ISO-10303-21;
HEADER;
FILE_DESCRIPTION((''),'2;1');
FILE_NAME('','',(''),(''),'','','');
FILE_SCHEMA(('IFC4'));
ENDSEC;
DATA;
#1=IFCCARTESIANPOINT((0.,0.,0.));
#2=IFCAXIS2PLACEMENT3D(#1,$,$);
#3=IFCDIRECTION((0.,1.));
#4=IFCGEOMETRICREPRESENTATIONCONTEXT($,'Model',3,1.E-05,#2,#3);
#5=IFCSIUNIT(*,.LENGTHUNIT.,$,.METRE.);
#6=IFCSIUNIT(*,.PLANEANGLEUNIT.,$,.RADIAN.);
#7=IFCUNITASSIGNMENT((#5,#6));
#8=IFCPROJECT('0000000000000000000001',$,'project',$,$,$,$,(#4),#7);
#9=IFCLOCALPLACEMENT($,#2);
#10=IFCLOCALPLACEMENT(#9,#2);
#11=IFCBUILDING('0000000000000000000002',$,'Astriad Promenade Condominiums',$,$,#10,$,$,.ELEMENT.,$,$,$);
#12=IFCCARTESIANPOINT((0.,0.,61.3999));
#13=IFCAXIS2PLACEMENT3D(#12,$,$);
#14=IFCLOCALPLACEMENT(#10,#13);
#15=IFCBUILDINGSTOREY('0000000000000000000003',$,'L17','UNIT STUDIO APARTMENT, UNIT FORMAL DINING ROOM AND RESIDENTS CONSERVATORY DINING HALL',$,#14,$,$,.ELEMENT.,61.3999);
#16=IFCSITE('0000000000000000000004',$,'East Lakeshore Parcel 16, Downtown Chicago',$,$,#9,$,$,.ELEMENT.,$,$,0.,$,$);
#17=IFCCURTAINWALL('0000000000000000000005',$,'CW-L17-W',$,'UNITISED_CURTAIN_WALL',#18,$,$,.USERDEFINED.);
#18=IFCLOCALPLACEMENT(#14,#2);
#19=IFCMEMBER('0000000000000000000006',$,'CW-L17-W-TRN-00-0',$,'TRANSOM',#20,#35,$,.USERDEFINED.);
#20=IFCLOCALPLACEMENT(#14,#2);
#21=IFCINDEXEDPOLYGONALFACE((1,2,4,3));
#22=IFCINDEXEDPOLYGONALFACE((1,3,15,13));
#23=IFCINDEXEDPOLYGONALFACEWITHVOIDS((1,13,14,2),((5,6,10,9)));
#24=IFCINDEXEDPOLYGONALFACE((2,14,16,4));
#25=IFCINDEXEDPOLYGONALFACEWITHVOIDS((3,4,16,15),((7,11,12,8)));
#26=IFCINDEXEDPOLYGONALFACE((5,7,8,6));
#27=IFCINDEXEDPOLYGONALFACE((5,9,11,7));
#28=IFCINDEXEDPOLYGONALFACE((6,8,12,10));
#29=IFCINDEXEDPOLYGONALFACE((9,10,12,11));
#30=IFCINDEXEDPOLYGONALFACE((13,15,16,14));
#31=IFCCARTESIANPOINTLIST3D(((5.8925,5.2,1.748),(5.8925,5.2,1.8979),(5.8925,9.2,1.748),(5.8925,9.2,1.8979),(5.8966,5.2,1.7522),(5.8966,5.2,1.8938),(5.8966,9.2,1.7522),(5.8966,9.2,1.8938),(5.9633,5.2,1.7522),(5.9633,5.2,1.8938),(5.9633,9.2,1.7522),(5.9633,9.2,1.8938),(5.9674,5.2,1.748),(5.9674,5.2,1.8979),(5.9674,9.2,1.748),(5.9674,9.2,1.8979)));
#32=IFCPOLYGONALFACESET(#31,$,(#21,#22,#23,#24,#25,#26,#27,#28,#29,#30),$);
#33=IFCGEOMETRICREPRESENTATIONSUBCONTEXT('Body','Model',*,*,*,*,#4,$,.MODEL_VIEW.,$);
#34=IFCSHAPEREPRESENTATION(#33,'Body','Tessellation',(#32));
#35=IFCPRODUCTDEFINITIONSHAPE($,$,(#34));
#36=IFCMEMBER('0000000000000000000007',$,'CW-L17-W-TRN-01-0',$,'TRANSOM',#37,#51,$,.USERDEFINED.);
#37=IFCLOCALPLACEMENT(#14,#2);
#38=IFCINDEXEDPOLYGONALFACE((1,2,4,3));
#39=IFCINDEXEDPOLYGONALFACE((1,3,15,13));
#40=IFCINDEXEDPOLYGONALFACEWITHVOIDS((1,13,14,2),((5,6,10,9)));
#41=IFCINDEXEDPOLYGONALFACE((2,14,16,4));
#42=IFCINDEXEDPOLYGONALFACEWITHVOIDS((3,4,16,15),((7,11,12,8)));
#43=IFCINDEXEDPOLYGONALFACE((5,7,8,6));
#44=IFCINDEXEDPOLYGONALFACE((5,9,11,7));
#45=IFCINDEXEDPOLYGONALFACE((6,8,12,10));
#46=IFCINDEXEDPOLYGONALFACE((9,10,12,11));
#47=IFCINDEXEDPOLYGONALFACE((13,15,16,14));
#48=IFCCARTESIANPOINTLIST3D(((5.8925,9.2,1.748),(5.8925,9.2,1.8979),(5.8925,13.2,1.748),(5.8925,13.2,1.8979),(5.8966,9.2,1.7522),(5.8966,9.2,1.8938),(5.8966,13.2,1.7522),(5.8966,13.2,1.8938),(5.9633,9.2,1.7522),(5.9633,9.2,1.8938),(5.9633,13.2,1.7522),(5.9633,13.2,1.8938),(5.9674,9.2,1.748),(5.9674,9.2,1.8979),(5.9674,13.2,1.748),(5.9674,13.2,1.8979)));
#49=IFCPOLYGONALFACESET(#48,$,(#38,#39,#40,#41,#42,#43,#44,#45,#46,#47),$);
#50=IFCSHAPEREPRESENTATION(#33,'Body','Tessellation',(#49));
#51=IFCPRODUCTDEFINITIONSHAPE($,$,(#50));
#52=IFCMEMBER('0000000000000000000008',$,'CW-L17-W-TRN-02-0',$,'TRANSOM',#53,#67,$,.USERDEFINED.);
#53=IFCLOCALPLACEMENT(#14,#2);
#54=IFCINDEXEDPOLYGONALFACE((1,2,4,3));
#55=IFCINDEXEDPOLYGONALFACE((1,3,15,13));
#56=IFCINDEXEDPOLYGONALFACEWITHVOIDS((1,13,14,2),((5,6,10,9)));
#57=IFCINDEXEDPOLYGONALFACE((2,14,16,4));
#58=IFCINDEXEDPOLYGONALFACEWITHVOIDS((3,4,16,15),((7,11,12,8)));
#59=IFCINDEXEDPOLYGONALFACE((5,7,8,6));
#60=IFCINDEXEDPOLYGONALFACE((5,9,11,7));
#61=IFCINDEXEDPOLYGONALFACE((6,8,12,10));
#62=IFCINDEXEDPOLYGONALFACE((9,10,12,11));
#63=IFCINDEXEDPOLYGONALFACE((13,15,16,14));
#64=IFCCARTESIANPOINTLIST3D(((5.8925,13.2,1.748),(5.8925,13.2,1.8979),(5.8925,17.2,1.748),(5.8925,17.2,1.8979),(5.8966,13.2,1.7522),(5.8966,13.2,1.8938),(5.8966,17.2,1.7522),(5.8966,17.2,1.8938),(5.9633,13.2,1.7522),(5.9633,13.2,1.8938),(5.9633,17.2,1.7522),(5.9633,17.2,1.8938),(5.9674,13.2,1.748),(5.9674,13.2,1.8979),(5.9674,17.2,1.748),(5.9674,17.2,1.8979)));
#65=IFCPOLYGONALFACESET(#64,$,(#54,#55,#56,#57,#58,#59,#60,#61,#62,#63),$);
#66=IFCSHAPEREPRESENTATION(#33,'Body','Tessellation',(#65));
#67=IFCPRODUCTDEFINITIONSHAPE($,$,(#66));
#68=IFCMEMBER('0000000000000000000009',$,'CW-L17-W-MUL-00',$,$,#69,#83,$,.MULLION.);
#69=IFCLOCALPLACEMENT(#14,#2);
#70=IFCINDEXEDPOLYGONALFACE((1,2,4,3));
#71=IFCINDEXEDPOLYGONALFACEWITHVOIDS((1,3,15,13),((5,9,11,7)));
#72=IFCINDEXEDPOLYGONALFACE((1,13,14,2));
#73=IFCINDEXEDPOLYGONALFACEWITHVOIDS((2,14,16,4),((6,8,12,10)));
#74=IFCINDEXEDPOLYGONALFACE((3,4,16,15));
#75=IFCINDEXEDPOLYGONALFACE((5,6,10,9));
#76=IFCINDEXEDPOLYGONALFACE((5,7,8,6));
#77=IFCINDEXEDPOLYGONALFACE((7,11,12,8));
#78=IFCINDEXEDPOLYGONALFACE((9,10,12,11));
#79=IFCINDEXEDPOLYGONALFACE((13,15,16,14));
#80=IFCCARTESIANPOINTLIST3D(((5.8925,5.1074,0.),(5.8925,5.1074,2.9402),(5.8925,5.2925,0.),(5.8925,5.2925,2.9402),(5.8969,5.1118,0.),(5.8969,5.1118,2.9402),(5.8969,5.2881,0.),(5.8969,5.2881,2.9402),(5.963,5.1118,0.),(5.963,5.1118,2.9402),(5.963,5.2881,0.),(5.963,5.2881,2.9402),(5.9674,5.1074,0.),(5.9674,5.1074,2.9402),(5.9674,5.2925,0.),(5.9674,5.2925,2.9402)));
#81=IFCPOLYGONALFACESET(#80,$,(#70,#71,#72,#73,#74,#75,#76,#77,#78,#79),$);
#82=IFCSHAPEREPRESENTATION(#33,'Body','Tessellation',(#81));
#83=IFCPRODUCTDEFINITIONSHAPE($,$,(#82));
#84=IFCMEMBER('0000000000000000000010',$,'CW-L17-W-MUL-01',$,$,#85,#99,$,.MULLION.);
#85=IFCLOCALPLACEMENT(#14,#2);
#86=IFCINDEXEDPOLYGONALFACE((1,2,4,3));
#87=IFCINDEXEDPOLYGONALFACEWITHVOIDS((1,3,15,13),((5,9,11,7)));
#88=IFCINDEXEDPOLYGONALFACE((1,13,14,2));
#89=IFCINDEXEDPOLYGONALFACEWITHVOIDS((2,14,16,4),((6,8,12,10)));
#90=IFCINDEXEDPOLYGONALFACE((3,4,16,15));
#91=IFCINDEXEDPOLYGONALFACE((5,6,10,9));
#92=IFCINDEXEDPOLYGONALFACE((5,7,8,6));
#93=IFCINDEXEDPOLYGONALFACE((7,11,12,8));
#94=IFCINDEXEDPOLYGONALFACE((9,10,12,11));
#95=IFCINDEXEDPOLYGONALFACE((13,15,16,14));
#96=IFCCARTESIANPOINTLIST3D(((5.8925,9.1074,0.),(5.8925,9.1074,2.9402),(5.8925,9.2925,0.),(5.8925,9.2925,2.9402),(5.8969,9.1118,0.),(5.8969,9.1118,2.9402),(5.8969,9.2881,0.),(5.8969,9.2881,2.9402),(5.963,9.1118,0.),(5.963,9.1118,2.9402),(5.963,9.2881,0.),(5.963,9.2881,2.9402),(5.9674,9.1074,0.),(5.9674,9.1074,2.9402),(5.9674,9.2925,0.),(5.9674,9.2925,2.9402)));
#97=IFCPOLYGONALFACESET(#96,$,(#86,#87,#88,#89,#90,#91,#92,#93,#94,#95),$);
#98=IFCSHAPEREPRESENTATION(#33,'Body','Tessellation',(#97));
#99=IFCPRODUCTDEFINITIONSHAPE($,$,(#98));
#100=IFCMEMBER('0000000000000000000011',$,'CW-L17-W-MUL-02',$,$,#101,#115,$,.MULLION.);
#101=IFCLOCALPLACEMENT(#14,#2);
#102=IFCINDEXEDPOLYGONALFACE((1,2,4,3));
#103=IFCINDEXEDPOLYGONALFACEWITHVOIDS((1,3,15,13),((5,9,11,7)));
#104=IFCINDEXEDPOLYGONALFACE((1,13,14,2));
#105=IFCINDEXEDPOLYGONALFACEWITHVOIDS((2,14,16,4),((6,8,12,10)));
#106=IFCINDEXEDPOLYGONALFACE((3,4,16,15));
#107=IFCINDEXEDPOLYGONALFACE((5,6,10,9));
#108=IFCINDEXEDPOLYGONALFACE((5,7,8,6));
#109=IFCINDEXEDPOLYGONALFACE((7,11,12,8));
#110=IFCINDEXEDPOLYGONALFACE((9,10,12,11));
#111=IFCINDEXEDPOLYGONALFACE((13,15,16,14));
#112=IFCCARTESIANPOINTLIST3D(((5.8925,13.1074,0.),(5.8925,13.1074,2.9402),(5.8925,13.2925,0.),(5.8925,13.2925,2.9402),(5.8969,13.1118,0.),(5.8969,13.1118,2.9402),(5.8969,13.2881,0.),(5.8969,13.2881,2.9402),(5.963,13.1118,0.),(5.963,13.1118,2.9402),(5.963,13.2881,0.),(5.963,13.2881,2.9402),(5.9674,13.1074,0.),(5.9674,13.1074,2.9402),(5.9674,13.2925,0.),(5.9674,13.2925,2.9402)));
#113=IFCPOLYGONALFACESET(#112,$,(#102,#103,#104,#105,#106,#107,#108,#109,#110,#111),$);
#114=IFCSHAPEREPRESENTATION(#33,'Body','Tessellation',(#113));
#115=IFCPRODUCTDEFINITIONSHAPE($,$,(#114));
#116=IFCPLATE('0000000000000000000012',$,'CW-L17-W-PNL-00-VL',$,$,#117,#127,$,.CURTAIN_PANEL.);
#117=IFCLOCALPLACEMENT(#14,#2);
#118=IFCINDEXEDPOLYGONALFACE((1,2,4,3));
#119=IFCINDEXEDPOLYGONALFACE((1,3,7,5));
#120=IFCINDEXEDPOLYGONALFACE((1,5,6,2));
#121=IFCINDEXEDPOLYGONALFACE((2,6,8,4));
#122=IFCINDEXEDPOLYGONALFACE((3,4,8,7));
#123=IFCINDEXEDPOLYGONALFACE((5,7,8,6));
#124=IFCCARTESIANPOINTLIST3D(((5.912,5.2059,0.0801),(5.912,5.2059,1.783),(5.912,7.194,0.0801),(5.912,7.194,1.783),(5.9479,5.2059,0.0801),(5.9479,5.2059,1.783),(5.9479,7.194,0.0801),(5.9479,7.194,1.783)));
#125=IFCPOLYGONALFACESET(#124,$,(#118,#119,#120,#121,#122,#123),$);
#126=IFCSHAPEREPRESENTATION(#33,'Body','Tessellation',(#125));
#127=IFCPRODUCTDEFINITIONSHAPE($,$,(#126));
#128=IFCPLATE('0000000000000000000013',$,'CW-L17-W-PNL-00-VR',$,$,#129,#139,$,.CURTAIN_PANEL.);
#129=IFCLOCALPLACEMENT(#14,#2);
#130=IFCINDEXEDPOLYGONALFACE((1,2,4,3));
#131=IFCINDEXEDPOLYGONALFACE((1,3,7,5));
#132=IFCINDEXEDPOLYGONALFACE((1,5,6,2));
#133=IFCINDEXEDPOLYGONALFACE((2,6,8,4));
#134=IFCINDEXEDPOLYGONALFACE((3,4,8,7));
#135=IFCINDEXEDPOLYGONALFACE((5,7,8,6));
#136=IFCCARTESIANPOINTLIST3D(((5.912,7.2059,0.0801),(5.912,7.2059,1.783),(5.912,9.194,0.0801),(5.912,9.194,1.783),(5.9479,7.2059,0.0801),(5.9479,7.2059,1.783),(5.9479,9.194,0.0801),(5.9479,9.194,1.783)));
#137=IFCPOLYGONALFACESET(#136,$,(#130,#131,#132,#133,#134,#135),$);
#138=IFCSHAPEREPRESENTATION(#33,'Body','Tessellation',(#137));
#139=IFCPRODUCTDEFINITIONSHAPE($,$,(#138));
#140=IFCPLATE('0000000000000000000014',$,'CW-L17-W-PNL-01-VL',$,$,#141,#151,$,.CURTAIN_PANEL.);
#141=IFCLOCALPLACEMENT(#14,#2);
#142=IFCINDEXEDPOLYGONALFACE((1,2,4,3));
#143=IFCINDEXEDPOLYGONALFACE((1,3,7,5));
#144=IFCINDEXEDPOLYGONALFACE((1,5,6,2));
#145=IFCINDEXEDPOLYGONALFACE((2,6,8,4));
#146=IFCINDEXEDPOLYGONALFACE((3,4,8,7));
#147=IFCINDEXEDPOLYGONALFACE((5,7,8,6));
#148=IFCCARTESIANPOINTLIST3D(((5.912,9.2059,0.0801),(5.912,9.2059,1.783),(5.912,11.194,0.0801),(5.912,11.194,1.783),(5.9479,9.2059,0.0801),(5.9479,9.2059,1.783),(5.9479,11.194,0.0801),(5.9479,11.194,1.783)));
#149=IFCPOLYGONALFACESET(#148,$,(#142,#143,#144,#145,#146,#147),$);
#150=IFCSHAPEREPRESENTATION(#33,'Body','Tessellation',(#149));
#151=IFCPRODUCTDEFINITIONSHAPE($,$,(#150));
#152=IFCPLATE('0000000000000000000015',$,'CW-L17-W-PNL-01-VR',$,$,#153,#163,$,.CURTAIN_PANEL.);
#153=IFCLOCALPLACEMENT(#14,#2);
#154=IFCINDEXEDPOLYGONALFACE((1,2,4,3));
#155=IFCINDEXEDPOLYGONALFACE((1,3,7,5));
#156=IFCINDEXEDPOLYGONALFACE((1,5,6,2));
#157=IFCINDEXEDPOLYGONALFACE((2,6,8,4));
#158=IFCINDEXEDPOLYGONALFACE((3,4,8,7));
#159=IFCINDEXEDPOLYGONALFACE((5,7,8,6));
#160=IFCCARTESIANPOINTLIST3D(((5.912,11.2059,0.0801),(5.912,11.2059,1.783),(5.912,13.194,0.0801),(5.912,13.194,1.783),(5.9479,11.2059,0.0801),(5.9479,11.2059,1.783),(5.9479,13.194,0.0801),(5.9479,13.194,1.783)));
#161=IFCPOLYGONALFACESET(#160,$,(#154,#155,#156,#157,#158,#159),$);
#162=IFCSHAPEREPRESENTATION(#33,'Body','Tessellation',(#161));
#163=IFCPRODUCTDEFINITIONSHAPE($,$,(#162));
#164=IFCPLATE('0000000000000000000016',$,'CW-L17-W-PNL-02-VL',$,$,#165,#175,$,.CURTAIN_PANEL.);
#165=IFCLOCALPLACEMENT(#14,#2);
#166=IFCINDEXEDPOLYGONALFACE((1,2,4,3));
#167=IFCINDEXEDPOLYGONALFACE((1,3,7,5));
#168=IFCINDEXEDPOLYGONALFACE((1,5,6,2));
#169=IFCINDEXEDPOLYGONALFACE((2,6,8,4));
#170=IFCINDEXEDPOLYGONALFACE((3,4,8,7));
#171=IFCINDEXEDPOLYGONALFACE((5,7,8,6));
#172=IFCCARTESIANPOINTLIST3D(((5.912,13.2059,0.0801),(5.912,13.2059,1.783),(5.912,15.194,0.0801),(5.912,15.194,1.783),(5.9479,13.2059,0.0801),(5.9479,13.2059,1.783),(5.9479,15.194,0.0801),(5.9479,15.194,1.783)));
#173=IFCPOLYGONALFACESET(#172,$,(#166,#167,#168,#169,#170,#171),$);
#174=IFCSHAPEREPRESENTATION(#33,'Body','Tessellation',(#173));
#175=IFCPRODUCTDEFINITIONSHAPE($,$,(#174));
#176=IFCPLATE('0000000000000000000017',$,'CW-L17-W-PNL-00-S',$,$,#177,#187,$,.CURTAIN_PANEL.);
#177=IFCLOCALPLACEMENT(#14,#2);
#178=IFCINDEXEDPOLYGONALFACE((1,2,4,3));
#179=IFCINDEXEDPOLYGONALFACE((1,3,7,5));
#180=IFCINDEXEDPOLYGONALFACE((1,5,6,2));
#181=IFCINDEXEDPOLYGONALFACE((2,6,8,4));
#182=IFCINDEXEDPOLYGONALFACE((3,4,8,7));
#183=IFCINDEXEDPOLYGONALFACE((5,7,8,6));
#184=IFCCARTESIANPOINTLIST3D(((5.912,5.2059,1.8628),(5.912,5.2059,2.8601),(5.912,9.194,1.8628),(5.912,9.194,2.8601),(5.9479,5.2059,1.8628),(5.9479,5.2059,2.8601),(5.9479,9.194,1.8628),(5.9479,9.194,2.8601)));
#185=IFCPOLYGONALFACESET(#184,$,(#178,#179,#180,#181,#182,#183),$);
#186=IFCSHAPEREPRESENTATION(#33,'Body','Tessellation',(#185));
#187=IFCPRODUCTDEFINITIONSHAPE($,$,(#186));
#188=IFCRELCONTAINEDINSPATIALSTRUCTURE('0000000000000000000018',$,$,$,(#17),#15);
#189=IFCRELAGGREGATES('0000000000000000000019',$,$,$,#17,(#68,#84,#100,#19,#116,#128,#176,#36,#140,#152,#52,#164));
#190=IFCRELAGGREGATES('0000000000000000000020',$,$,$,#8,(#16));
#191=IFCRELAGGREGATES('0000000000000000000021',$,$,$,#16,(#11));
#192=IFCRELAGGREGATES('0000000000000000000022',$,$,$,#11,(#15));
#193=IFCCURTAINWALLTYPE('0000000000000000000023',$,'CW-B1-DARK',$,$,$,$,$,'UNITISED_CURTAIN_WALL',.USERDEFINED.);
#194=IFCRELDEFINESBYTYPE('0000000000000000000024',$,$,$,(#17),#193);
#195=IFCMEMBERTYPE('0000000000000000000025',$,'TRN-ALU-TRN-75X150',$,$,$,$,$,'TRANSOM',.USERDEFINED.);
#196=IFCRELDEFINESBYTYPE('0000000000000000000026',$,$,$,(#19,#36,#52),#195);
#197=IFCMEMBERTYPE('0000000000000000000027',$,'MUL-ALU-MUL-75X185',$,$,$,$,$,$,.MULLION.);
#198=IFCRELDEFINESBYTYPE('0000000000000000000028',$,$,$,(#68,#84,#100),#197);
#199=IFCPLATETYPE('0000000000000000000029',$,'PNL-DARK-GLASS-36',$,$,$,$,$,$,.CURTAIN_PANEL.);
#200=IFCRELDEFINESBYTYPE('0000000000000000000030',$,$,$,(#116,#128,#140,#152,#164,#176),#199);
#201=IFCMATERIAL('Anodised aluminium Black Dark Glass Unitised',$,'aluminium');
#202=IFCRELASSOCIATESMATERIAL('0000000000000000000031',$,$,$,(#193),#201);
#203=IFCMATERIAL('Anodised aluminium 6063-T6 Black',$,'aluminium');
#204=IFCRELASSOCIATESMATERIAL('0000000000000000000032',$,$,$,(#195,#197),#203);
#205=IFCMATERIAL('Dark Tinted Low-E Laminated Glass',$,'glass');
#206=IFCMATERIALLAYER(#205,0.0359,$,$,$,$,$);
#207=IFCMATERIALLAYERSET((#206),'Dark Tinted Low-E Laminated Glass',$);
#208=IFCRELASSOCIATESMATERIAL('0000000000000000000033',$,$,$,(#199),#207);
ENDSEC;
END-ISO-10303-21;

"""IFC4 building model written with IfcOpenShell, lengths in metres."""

from ifc_helpers import new_model, si_unit, direction, frame, origin, origin_2d, place, context, subcontext, project, spatial, rectangle, hollow_rectangle, extrude, source, transform, mapped, material, layer, layer_set, material_profile, profile_set, type_object, type_shapes, element, aggregate, save


model = new_model("IFC4")

# Units and contexts
model_context = context("Model", 3, precision=1e-05, world=origin(), true_north=direction((0.0, 1.0)))
body_context = subcontext(model_context, "Body", "Model", "MODEL_VIEW")
ifc_project = project(units=[si_unit("LENGTHUNIT", "METRE"), si_unit("PLANEANGLEUNIT", "RADIAN")], contexts=[model_context])

# Site, building, storey
site_placement = place(None, origin())
site = spatial("IfcSite", under=ifc_project, at=site_placement, Name="East Lakeshore Parcel 16, Downtown Chicago", CompositionType="ELEMENT", RefElevation=0.0)
building_placement = place(site_placement, origin())
building = spatial("IfcBuilding", under=site, at=building_placement, Name="Astriad Promenade Condominiums", CompositionType="ELEMENT")
storey_placement = place(building_placement, frame((0.0, 0.0, 61.3999)))
storey = spatial("IfcBuildingStorey", under=building, at=storey_placement, Name="L17", Description="UNIT STUDIO APARTMENT, UNIT FORMAL DINING ROOM AND RESIDENTS CONSERVATORY DINING HALL", CompositionType="ELEMENT", Elevation=61.3999)

# Curtain wall, members, plates
ifc_material_1 = material(Name="Anodised aluminium Black Dark Glass Unitised", Category="aluminium")
curtain_wall_type = type_object("IfcCurtainWallType", Name="CW-B1-DARK", ElementType="UNITISED_CURTAIN_WALL", PredefinedType="USERDEFINED", material=ifc_material_1)
curtain_wall_placement = place(storey_placement, origin())
curtain_wall = element("IfcCurtainWall", 1, at=curtain_wall_placement, inside=storey, type_object=curtain_wall_type, Name="CW-L17-W", ObjectType="UNITISED_CURTAIN_WALL", PredefinedType="USERDEFINED")
ifc_material_2 = material(Name="Anodised aluminium 6063-T6 Black", Category="aluminium")
ifc_material_profile_1 = material_profile(ifc_material_2, hollow_rectangle(XDim=0.075, YDim=0.1499, WallThickness=0.0042, at=origin_2d()), Name="ALU-TRN-75X150")
ifc_profile_set_1 = profile_set([ifc_material_profile_1], Name="Anodised aluminium 6063-T6 Black")
member_type_1 = type_object("IfcMemberType", Name="TRN-ALU-TRN-75X150", ElementType="TRANSOM", PredefinedType="USERDEFINED", material=ifc_profile_set_1)
shared_shape_1 = source(origin(), body_context, "Body", "SweptSolid", [
    extrude(hollow_rectangle(XDim=0.075, YDim=0.1499, WallThickness=0.0042, at=origin_2d()), origin(), (0.0, 0.0, 1.0), 4.0),
])
type_shapes(member_type_1, [shared_shape_1])
member_1_placement = place(storey_placement, frame((5.9299, 5.2, 1.823), z_axis=(0.0, 1.0, 0.0), x_axis=(-1.0, 0.0, 0.0)))
member_1 = element("IfcMember", 2, at=member_1_placement, type_object=member_type_1, Name="CW-L17-W-TRN-00-0", ObjectType="TRANSOM", PredefinedType="USERDEFINED", context=body_context, shape_type="MappedRepresentation", body=[
    mapped(shared_shape_1, transform((0.0, 0.0, 0.0), scale=1.0)),
])
member_2_placement = place(storey_placement, frame((5.9299, 9.2, 1.823), z_axis=(0.0, 1.0, 0.0), x_axis=(-1.0, 0.0, 0.0)))
member_2 = element("IfcMember", 3, at=member_2_placement, type_object=member_type_1, Name="CW-L17-W-TRN-01-0", ObjectType="TRANSOM", PredefinedType="USERDEFINED", context=body_context, shape_type="MappedRepresentation", body=[
    mapped(shared_shape_1, transform((0.0, 0.0, 0.0), scale=1.0)),
])
member_3_placement = place(storey_placement, frame((5.9299, 13.2, 1.823), z_axis=(0.0, 1.0, 0.0), x_axis=(-1.0, 0.0, 0.0)))
member_3 = element("IfcMember", 4, at=member_3_placement, type_object=member_type_1, Name="CW-L17-W-TRN-02-0", ObjectType="TRANSOM", PredefinedType="USERDEFINED", context=body_context, shape_type="MappedRepresentation", body=[
    mapped(shared_shape_1, transform((0.0, 0.0, 0.0), scale=1.0)),
])
ifc_material_profile_2 = material_profile(ifc_material_2, hollow_rectangle(XDim=0.075, YDim=0.1851, WallThickness=0.0044, at=origin_2d()), Name="ALU-MUL-75X185")
ifc_profile_set_2 = profile_set([ifc_material_profile_2], Name="Anodised aluminium 6063-T6 Black")
member_type_2 = type_object("IfcMemberType", Name="MUL-ALU-MUL-75X185", PredefinedType="MULLION", material=ifc_profile_set_2)
shared_shape_2 = source(origin(), body_context, "Body", "SweptSolid", [
    extrude(hollow_rectangle(XDim=0.075, YDim=0.1851, WallThickness=0.0044, at=origin_2d()), origin(), (0.0, 0.0, 1.0), 2.9402),
])
type_shapes(member_type_2, [shared_shape_2])
member_4_placement = place(storey_placement, frame((5.9299, 5.2, 0.0), z_axis=(0.0, 0.0, 1.0), x_axis=(1.0, 0.0, 0.0)))
member_4 = element("IfcMember", 5, at=member_4_placement, type_object=member_type_2, Name="CW-L17-W-MUL-00", PredefinedType="MULLION", context=body_context, shape_type="MappedRepresentation", body=[
    mapped(shared_shape_2, transform((0.0, 0.0, 0.0), scale=1.0)),
])
member_5_placement = place(storey_placement, frame((5.9299, 9.2, 0.0), z_axis=(0.0, 0.0, 1.0), x_axis=(1.0, 0.0, 0.0)))
member_5 = element("IfcMember", 6, at=member_5_placement, type_object=member_type_2, Name="CW-L17-W-MUL-01", PredefinedType="MULLION", context=body_context, shape_type="MappedRepresentation", body=[
    mapped(shared_shape_2, transform((0.0, 0.0, 0.0), scale=1.0)),
])
member_6_placement = place(storey_placement, frame((5.9299, 13.2, 0.0), z_axis=(0.0, 0.0, 1.0), x_axis=(1.0, 0.0, 0.0)))
member_6 = element("IfcMember", 7, at=member_6_placement, type_object=member_type_2, Name="CW-L17-W-MUL-02", PredefinedType="MULLION", context=body_context, shape_type="MappedRepresentation", body=[
    mapped(shared_shape_2, transform((0.0, 0.0, 0.0), scale=1.0)),
])
ifc_material_3 = material(Name="Dark Tinted Low-E Laminated Glass", Category="glass")
ifc_layer_1 = layer(ifc_material_3, 0.0359)
ifc_layer_set_1 = layer_set([ifc_layer_1], Name="Dark Tinted Low-E Laminated Glass")
plate_type = type_object("IfcPlateType", Name="PNL-DARK-GLASS-36", PredefinedType="CURTAIN_PANEL", material=ifc_layer_set_1)
shared_shape_3 = source(origin(), body_context, "Body", "SweptSolid", [
    extrude(rectangle(XDim=1.988, YDim=0.0359, at=origin_2d()), origin(), (0.0, 0.0, 1.0), 1.7029),
])
plate_1_placement = place(storey_placement, frame((5.9299, 6.2, 0.0801), z_axis=(0.0, 0.0, 1.0), x_axis=(0.0, 1.0, 0.0)))
plate_1 = element("IfcPlate", 8, at=plate_1_placement, type_object=plate_type, Name="CW-L17-W-PNL-00-VL", PredefinedType="CURTAIN_PANEL", context=body_context, shape_type="MappedRepresentation", body=[
    mapped(shared_shape_3, transform((0.0, 0.0, 0.0), scale=1.0)),
])
plate_2_placement = place(storey_placement, frame((5.9299, 8.2, 0.0801), z_axis=(0.0, 0.0, 1.0), x_axis=(0.0, 1.0, 0.0)))
plate_2 = element("IfcPlate", 9, at=plate_2_placement, type_object=plate_type, Name="CW-L17-W-PNL-00-VR", PredefinedType="CURTAIN_PANEL", context=body_context, shape_type="MappedRepresentation", body=[
    mapped(shared_shape_3, transform((0.0, 0.0, 0.0), scale=1.0)),
])
plate_3_placement = place(storey_placement, frame((5.9299, 10.2, 0.0801), z_axis=(0.0, 0.0, 1.0), x_axis=(0.0, 1.0, 0.0)))
plate_3 = element("IfcPlate", 10, at=plate_3_placement, type_object=plate_type, Name="CW-L17-W-PNL-01-VL", PredefinedType="CURTAIN_PANEL", context=body_context, shape_type="MappedRepresentation", body=[
    mapped(shared_shape_3, transform((0.0, 0.0, 0.0), scale=1.0)),
])
plate_4_placement = place(storey_placement, frame((5.9299, 12.2, 0.0801), z_axis=(0.0, 0.0, 1.0), x_axis=(0.0, 1.0, 0.0)))
plate_4 = element("IfcPlate", 11, at=plate_4_placement, type_object=plate_type, Name="CW-L17-W-PNL-01-VR", PredefinedType="CURTAIN_PANEL", context=body_context, shape_type="MappedRepresentation", body=[
    mapped(shared_shape_3, transform((0.0, 0.0, 0.0), scale=1.0)),
])
plate_5_placement = place(storey_placement, frame((5.9299, 14.2, 0.0801), z_axis=(0.0, 0.0, 1.0), x_axis=(0.0, 1.0, 0.0)))
plate_5 = element("IfcPlate", 12, at=plate_5_placement, type_object=plate_type, Name="CW-L17-W-PNL-02-VL", PredefinedType="CURTAIN_PANEL", context=body_context, shape_type="MappedRepresentation", body=[
    mapped(shared_shape_3, transform((0.0, 0.0, 0.0), scale=1.0)),
])
shared_shape_4 = source(origin(), body_context, "Body", "SweptSolid", [
    extrude(rectangle(XDim=3.988, YDim=0.0359, at=origin_2d()), origin(), (0.0, 0.0, 1.0), 0.9973),
])
type_shapes(plate_type, [shared_shape_3, shared_shape_4])
plate_6_placement = place(storey_placement, frame((5.9299, 7.2, 1.8628), z_axis=(0.0, 0.0, 1.0), x_axis=(0.0, 1.0, 0.0)))
plate_6 = element("IfcPlate", 13, at=plate_6_placement, type_object=plate_type, Name="CW-L17-W-PNL-00-S", PredefinedType="CURTAIN_PANEL", context=body_context, shape_type="MappedRepresentation", body=[
    mapped(shared_shape_4, transform((0.0, 0.0, 0.0), scale=1.0)),
])
aggregate(curtain_wall, [member_4, member_5, member_6, member_1, plate_1, plate_2, plate_6, member_2, plate_3, plate_4, member_3, plate_5])

save(model, "model.ifc")
